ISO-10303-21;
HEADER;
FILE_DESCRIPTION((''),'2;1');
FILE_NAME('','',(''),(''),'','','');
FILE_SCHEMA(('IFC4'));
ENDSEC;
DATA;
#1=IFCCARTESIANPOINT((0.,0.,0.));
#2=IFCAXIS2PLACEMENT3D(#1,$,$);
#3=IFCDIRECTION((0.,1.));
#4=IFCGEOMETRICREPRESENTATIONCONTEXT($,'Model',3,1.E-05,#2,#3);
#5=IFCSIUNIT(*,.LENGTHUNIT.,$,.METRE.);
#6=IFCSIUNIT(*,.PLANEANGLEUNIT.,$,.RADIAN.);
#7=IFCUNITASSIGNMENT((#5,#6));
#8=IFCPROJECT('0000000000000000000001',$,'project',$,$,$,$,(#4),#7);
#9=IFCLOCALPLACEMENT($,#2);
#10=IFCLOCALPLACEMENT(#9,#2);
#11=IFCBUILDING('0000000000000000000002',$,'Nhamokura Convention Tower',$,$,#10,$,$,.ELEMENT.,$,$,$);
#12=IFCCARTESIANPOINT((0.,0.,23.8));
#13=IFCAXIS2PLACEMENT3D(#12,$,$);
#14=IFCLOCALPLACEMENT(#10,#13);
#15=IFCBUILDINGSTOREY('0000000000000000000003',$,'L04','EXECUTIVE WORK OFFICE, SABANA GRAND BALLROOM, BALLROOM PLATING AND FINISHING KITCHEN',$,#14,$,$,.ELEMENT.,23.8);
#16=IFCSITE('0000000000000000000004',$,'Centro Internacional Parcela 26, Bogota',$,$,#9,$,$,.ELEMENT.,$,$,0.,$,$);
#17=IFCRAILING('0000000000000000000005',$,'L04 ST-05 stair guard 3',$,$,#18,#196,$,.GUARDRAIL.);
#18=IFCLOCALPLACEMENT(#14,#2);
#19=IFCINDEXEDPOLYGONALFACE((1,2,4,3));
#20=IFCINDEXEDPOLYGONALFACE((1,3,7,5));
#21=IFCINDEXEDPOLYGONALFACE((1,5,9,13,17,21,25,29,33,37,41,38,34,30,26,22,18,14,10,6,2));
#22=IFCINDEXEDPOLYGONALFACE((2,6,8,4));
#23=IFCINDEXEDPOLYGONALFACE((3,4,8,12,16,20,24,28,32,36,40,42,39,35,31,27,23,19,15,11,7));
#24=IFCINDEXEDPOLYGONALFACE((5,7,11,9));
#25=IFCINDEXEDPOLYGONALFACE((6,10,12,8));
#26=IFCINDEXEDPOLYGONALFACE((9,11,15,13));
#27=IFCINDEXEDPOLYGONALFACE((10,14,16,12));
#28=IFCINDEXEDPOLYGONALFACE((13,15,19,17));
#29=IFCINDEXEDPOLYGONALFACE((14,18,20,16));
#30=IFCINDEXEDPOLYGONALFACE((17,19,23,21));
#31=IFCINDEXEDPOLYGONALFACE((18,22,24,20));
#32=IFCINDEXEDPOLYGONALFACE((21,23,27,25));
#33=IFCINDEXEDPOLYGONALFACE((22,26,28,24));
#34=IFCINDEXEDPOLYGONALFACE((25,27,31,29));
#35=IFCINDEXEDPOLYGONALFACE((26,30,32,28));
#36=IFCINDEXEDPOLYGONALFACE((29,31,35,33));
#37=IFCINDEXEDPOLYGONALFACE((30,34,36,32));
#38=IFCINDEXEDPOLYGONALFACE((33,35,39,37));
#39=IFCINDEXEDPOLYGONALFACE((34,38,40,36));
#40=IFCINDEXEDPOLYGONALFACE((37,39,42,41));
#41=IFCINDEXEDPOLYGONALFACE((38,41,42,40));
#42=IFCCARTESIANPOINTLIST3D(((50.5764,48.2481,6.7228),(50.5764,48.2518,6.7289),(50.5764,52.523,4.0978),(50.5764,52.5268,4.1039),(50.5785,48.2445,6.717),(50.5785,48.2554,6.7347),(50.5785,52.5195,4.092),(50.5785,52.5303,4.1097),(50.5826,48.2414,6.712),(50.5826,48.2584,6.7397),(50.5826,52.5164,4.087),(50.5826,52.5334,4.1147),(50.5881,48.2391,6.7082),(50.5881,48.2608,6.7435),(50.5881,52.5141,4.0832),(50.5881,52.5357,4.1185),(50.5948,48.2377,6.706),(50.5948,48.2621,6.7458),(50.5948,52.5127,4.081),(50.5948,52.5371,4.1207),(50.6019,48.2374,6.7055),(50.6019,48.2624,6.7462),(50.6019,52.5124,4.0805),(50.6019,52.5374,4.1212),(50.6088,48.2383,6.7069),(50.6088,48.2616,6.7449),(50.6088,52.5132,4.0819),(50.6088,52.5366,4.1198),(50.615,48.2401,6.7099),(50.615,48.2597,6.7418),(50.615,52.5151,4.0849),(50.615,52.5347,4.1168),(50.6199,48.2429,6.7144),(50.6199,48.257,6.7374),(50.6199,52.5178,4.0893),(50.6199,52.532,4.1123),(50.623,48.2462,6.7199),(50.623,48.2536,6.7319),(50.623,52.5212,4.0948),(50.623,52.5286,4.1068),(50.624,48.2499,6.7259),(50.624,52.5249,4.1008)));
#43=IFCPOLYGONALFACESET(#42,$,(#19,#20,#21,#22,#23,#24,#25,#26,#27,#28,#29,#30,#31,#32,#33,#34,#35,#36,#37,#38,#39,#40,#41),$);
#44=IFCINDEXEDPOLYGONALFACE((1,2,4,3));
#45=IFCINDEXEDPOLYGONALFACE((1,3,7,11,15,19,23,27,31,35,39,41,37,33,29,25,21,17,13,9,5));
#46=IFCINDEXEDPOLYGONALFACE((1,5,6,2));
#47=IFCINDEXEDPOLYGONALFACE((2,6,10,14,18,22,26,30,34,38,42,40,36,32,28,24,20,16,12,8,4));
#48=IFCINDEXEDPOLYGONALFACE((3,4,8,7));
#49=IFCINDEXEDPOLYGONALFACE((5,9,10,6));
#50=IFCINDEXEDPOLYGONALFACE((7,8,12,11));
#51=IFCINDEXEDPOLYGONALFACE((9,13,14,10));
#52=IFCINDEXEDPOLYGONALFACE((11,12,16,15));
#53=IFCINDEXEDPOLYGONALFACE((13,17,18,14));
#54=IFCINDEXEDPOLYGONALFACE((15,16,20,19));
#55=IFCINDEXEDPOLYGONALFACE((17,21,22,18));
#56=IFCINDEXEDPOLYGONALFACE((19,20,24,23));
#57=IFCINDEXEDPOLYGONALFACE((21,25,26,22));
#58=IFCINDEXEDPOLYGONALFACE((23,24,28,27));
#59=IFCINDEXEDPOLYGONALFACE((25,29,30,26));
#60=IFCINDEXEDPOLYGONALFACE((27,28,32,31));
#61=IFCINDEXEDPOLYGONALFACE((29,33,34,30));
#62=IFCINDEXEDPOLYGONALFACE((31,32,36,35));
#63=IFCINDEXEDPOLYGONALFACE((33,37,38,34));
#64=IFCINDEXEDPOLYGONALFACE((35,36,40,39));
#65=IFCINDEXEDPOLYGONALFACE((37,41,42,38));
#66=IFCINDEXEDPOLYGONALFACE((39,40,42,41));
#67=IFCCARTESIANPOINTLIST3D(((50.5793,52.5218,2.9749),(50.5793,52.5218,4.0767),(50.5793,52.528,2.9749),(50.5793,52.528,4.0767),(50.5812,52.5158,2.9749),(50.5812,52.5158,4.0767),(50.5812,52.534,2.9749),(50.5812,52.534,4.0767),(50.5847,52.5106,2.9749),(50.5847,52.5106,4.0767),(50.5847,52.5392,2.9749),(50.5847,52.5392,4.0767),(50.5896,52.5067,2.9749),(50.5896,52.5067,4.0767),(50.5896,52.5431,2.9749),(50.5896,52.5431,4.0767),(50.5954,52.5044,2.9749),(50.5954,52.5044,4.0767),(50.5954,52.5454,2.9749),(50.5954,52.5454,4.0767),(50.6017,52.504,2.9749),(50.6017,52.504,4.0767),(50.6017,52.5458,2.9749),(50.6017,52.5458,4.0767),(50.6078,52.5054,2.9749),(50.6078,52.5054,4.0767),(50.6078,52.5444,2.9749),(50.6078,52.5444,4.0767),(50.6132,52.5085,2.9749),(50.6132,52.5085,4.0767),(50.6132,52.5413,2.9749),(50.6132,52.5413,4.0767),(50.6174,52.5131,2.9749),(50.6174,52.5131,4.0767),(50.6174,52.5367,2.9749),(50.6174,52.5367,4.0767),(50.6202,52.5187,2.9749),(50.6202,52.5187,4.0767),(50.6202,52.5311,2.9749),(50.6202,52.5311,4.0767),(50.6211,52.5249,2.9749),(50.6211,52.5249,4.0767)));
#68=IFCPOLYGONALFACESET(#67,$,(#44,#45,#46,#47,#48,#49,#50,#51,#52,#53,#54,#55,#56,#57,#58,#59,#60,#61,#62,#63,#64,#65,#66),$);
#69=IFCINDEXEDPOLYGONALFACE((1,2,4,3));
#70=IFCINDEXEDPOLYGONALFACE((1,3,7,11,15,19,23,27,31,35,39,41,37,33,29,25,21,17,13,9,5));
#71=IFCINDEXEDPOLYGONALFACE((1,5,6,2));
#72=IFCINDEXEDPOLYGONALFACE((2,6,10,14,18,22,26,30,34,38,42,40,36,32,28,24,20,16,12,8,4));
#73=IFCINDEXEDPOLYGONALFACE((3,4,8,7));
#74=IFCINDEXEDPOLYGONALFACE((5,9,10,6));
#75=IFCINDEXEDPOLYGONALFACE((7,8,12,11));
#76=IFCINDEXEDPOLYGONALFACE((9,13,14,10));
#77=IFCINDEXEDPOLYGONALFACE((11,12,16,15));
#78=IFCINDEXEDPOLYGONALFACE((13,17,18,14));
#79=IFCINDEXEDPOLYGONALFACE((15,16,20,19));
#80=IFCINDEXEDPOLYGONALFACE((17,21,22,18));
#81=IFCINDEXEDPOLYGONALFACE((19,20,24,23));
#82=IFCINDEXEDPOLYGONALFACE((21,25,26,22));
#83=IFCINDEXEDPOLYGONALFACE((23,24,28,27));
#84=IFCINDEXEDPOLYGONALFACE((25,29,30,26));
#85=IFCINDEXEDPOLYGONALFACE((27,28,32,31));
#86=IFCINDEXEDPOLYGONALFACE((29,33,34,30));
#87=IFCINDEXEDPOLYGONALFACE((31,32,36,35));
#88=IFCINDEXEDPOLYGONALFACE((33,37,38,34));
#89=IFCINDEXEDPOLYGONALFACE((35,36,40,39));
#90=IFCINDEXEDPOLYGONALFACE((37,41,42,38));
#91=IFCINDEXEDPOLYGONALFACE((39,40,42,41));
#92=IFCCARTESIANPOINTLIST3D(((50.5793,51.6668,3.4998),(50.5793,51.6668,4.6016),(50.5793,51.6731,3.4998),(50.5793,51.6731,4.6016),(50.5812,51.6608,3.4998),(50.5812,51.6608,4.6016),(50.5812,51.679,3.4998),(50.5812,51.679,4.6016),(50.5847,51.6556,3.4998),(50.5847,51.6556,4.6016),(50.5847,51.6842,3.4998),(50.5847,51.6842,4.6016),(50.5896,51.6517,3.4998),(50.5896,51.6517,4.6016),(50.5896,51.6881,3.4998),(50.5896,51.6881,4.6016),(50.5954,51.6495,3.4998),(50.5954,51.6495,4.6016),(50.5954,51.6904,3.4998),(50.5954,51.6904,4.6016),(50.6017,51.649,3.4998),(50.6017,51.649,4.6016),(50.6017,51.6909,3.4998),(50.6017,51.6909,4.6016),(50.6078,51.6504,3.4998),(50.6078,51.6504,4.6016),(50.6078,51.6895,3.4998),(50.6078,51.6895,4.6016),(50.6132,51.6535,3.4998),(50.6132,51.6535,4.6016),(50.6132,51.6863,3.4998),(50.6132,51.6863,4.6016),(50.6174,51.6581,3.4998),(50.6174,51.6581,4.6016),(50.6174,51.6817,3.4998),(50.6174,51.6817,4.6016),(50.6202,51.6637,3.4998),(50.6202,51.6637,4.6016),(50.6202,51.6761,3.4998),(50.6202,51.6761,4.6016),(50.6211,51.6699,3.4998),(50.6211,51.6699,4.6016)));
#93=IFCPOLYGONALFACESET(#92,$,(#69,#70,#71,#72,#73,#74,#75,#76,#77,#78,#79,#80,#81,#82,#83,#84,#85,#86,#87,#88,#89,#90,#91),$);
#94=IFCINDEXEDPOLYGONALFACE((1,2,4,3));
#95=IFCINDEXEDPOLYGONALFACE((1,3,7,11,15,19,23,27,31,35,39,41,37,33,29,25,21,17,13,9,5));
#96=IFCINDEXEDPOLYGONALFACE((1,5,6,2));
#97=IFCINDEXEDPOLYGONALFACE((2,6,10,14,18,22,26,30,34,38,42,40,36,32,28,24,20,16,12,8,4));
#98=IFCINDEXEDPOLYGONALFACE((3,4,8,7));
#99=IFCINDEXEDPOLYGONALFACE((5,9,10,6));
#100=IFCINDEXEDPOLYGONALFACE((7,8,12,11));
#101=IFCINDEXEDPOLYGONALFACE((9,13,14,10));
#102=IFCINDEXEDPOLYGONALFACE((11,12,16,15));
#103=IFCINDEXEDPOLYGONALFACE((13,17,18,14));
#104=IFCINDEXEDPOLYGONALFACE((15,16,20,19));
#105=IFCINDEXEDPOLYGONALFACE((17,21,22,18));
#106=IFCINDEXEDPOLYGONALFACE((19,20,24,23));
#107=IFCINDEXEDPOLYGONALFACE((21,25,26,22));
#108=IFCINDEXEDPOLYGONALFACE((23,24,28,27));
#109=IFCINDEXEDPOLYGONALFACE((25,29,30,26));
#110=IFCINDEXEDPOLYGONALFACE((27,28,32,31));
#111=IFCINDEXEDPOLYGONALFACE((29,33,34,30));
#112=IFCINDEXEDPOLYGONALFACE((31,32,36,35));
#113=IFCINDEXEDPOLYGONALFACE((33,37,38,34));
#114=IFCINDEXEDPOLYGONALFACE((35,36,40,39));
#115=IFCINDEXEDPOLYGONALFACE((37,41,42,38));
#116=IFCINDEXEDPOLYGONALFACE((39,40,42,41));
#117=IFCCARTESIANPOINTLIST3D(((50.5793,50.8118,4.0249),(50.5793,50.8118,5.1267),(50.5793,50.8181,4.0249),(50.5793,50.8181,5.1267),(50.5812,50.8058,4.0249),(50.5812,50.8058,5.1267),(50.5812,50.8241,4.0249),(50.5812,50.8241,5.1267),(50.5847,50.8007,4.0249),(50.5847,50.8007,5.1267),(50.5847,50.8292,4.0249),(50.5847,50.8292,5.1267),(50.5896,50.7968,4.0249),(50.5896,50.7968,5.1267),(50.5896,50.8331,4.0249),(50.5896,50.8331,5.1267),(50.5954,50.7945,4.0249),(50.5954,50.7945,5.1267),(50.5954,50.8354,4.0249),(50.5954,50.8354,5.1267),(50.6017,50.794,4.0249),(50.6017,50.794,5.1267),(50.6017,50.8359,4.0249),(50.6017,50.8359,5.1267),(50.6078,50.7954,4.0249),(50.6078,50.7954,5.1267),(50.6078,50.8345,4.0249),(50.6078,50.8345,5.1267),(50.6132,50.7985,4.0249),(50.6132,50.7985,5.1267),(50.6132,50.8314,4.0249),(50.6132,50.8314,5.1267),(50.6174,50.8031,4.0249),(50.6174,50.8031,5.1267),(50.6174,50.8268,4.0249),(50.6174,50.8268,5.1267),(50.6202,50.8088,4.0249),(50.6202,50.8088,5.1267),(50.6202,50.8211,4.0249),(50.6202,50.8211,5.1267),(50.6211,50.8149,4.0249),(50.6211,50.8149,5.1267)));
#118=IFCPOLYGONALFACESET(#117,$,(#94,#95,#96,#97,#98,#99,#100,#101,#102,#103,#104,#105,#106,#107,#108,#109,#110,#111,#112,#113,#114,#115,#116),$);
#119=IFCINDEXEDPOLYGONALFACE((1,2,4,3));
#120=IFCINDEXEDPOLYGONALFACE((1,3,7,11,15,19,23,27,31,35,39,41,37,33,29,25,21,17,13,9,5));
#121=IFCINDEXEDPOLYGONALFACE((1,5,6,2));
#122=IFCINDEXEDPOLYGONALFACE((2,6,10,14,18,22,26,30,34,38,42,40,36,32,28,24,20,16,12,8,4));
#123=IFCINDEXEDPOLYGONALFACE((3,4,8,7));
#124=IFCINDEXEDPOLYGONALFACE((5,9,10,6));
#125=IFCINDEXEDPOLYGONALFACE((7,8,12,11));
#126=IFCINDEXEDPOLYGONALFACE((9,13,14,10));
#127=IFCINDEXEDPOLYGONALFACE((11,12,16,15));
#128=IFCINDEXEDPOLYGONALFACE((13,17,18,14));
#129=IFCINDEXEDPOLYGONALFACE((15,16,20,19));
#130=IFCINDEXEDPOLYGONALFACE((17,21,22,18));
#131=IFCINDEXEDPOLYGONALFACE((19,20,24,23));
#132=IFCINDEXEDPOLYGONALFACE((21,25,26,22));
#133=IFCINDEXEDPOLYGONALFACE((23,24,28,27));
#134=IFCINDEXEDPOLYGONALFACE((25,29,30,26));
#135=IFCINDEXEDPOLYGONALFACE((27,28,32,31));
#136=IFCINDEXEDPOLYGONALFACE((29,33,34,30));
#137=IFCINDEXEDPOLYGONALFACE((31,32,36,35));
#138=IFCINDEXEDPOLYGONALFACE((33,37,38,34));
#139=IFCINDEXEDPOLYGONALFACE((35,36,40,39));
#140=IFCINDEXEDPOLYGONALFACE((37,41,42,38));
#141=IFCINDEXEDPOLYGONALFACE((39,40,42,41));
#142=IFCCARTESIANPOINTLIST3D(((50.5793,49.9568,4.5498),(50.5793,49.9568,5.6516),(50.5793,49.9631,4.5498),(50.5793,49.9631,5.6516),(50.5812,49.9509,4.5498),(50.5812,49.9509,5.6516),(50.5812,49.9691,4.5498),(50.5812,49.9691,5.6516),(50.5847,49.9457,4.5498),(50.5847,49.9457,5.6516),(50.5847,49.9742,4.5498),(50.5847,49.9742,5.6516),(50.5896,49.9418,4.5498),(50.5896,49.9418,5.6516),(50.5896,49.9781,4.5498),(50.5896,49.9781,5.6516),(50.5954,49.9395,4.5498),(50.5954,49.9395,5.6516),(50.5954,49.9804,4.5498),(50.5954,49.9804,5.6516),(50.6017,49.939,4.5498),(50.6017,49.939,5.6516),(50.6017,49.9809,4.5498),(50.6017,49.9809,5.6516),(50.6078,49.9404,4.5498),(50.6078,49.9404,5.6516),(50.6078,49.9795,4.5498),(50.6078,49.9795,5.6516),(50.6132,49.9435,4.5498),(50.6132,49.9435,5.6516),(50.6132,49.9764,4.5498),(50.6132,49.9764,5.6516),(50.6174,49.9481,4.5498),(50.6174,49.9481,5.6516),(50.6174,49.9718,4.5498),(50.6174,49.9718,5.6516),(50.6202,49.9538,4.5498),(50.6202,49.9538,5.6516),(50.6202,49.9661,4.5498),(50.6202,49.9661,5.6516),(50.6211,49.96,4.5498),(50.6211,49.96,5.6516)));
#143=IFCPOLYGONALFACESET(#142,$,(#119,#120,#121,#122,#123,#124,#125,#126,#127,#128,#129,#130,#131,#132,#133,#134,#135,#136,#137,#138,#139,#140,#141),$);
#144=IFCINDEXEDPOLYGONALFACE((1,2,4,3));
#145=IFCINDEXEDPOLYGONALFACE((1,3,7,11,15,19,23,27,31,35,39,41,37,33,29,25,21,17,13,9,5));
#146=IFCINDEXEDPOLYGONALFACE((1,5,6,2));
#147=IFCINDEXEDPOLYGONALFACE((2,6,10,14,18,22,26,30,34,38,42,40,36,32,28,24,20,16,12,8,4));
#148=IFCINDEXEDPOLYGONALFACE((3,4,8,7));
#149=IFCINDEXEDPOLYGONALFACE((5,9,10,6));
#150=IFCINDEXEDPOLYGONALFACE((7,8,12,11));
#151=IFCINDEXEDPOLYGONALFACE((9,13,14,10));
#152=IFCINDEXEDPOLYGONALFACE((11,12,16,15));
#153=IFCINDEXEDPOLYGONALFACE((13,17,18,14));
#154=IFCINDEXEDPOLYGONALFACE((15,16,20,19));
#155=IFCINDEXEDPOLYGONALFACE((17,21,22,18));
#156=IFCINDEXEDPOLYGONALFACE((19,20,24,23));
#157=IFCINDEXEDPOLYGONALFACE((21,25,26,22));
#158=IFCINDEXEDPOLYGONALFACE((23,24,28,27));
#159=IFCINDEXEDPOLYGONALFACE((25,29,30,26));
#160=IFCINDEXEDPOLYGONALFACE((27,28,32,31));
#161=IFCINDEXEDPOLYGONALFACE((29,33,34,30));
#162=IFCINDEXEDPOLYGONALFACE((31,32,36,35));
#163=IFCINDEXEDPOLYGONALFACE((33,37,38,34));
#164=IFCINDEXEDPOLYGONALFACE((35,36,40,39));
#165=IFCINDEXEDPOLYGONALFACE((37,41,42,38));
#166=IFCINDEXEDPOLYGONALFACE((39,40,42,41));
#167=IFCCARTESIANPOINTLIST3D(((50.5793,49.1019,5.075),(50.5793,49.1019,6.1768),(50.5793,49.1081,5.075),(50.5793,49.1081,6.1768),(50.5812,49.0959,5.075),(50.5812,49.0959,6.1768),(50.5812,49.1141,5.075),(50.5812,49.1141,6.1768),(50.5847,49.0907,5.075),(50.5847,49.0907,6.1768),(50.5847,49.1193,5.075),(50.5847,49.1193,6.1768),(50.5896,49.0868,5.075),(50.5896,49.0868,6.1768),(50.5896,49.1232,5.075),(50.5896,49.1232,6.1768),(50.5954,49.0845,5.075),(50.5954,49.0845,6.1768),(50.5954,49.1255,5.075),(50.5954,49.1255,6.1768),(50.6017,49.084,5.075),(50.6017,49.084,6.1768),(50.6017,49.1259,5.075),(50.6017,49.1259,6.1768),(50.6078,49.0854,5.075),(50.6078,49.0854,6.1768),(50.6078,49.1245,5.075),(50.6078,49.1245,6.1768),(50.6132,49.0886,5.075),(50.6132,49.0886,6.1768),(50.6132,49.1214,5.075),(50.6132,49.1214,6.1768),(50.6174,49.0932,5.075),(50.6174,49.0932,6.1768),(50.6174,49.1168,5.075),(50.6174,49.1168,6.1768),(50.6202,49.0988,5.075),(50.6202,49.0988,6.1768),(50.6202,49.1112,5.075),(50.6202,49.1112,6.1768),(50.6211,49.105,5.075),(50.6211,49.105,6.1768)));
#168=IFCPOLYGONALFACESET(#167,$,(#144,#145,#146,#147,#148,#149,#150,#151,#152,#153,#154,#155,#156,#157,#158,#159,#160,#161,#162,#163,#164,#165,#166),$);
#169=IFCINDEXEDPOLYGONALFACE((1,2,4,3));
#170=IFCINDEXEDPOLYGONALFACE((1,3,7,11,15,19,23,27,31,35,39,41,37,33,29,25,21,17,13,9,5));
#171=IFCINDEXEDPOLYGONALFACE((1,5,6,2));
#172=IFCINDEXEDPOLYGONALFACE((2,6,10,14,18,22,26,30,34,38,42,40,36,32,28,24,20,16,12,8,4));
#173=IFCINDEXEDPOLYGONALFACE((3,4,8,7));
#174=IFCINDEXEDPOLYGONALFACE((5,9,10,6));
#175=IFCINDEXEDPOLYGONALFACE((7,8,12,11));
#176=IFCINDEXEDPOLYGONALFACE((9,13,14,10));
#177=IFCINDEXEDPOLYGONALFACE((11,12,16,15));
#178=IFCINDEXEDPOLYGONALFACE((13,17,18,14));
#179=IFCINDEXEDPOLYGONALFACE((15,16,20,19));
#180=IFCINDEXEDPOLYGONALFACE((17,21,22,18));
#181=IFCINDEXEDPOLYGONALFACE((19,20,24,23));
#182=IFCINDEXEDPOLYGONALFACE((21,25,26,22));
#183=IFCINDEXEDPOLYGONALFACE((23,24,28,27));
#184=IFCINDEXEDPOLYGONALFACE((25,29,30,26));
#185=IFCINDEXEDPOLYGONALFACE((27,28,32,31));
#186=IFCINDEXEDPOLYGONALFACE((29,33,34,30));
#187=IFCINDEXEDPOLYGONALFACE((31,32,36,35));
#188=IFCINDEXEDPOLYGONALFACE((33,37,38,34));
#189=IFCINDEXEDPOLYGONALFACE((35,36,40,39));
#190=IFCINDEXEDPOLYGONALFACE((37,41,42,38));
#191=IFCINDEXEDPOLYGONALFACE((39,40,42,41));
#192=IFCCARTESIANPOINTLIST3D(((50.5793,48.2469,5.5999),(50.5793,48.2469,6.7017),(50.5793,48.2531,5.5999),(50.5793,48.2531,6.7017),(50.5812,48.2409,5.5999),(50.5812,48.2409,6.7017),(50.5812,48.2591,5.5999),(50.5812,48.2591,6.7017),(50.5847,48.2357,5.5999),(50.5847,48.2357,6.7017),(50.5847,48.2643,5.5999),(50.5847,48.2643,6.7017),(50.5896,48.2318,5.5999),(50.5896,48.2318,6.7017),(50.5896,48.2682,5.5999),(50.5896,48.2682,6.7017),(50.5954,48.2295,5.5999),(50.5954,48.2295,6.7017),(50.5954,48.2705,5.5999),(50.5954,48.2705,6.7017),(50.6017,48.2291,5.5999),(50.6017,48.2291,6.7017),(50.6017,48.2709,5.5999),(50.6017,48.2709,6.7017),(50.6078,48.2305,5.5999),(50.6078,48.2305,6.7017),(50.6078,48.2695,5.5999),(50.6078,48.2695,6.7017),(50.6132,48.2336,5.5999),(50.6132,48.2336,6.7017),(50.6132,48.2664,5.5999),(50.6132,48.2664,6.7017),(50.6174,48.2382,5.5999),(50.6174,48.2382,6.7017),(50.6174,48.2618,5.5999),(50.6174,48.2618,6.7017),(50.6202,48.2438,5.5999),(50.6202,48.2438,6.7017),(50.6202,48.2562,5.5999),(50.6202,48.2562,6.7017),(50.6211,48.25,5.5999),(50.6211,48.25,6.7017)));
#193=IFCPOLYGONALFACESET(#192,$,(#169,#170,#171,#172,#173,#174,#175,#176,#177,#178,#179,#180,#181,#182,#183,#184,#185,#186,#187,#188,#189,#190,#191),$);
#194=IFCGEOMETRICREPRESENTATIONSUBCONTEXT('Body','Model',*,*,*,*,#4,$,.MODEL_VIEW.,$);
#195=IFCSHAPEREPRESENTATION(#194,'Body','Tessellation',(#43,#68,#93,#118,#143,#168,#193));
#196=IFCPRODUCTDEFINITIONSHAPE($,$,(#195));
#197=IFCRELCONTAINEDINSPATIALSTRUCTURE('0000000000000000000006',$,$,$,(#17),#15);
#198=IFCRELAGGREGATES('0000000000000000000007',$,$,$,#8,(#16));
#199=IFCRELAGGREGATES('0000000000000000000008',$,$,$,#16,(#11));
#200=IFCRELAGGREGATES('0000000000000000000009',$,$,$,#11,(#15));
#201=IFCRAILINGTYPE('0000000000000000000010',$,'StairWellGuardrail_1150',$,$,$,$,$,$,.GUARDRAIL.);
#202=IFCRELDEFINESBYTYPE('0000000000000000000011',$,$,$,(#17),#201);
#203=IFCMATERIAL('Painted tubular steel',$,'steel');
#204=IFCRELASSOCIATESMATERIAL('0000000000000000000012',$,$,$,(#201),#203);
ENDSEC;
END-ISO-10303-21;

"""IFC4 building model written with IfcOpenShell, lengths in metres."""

from ifc_helpers import new_model, si_unit, direction, frame, origin, origin_2d, place, context, subcontext, project, spatial, circle, extrude, material, type_object, element, save


model = new_model("IFC4")

# Units and contexts
model_context = context("Model", 3, precision=1e-05, world=origin(), true_north=direction((0.0, 1.0)))
body_context = subcontext(model_context, "Body", "Model", "MODEL_VIEW")
ifc_project = project(units=[si_unit("LENGTHUNIT", "METRE"), si_unit("PLANEANGLEUNIT", "RADIAN")], contexts=[model_context])

# Site, building, storey
site_placement = place(None, origin())
site = spatial("IfcSite", under=ifc_project, at=site_placement, Name="Centro Internacional Parcela 26, Bogota", CompositionType="ELEMENT", RefElevation=0.0)
building_placement = place(site_placement, origin())
building = spatial("IfcBuilding", under=site, at=building_placement, Name="Nhamokura Convention Tower", CompositionType="ELEMENT")
storey_placement = place(building_placement, frame((0.0, 0.0, 23.8)))
storey = spatial("IfcBuildingStorey", under=building, at=storey_placement, Name="L04", Description="EXECUTIVE WORK OFFICE, SABANA GRAND BALLROOM, BALLROOM PLATING AND FINISHING KITCHEN", CompositionType="ELEMENT", Elevation=23.8)

# Railing
ifc_material_1 = material(Name="Painted tubular steel", Category="steel")
railing_type = type_object("IfcRailingType", Name="StairWellGuardrail_1150", PredefinedType="GUARDRAIL", material=ifc_material_1)
railing_1_placement = place(storey_placement, frame((50.6001, 52.5249, 2.9749)))
element("IfcRailing", 1, at=railing_1_placement, inside=storey, type_object=railing_type, Name="L04 ST-05 stair guard 3", PredefinedType="GUARDRAIL", context=body_context, shape_type="SweptSolid", body=[
    extrude(circle(Radius=0.0239, at=origin_2d()), frame((0.0, 0.0, 1.126), z_axis=(0.0, -0.852166, 0.523272), x_axis=(1.0, 0.0, 0.0)), (0.0, 0.0, 1.0), 5.0166),
    extrude(circle(Radius=0.021, at=origin_2d()), origin(), (0.0, 0.0, 1.0), 1.1018),
    extrude(circle(Radius=0.021, at=origin_2d()), frame((0.0, -0.855, 0.5249)), (0.0, 0.0, 1.0), 1.1018),
    extrude(circle(Radius=0.021, at=origin_2d()), frame((0.0, -1.71, 1.05)), (0.0, 0.0, 1.0), 1.1018),
    extrude(circle(Radius=0.021, at=origin_2d()), frame((0.0, -2.5649, 1.575)), (0.0, 0.0, 1.0), 1.1018),
    extrude(circle(Radius=0.021, at=origin_2d()), frame((0.0, -3.4199, 2.1001)), (0.0, 0.0, 1.0), 1.1018),
    extrude(circle(Radius=0.021, at=origin_2d()), frame((0.0, -4.2749, 2.625)), (0.0, 0.0, 1.0), 1.1018),
])

save(model, "model.ifc")
